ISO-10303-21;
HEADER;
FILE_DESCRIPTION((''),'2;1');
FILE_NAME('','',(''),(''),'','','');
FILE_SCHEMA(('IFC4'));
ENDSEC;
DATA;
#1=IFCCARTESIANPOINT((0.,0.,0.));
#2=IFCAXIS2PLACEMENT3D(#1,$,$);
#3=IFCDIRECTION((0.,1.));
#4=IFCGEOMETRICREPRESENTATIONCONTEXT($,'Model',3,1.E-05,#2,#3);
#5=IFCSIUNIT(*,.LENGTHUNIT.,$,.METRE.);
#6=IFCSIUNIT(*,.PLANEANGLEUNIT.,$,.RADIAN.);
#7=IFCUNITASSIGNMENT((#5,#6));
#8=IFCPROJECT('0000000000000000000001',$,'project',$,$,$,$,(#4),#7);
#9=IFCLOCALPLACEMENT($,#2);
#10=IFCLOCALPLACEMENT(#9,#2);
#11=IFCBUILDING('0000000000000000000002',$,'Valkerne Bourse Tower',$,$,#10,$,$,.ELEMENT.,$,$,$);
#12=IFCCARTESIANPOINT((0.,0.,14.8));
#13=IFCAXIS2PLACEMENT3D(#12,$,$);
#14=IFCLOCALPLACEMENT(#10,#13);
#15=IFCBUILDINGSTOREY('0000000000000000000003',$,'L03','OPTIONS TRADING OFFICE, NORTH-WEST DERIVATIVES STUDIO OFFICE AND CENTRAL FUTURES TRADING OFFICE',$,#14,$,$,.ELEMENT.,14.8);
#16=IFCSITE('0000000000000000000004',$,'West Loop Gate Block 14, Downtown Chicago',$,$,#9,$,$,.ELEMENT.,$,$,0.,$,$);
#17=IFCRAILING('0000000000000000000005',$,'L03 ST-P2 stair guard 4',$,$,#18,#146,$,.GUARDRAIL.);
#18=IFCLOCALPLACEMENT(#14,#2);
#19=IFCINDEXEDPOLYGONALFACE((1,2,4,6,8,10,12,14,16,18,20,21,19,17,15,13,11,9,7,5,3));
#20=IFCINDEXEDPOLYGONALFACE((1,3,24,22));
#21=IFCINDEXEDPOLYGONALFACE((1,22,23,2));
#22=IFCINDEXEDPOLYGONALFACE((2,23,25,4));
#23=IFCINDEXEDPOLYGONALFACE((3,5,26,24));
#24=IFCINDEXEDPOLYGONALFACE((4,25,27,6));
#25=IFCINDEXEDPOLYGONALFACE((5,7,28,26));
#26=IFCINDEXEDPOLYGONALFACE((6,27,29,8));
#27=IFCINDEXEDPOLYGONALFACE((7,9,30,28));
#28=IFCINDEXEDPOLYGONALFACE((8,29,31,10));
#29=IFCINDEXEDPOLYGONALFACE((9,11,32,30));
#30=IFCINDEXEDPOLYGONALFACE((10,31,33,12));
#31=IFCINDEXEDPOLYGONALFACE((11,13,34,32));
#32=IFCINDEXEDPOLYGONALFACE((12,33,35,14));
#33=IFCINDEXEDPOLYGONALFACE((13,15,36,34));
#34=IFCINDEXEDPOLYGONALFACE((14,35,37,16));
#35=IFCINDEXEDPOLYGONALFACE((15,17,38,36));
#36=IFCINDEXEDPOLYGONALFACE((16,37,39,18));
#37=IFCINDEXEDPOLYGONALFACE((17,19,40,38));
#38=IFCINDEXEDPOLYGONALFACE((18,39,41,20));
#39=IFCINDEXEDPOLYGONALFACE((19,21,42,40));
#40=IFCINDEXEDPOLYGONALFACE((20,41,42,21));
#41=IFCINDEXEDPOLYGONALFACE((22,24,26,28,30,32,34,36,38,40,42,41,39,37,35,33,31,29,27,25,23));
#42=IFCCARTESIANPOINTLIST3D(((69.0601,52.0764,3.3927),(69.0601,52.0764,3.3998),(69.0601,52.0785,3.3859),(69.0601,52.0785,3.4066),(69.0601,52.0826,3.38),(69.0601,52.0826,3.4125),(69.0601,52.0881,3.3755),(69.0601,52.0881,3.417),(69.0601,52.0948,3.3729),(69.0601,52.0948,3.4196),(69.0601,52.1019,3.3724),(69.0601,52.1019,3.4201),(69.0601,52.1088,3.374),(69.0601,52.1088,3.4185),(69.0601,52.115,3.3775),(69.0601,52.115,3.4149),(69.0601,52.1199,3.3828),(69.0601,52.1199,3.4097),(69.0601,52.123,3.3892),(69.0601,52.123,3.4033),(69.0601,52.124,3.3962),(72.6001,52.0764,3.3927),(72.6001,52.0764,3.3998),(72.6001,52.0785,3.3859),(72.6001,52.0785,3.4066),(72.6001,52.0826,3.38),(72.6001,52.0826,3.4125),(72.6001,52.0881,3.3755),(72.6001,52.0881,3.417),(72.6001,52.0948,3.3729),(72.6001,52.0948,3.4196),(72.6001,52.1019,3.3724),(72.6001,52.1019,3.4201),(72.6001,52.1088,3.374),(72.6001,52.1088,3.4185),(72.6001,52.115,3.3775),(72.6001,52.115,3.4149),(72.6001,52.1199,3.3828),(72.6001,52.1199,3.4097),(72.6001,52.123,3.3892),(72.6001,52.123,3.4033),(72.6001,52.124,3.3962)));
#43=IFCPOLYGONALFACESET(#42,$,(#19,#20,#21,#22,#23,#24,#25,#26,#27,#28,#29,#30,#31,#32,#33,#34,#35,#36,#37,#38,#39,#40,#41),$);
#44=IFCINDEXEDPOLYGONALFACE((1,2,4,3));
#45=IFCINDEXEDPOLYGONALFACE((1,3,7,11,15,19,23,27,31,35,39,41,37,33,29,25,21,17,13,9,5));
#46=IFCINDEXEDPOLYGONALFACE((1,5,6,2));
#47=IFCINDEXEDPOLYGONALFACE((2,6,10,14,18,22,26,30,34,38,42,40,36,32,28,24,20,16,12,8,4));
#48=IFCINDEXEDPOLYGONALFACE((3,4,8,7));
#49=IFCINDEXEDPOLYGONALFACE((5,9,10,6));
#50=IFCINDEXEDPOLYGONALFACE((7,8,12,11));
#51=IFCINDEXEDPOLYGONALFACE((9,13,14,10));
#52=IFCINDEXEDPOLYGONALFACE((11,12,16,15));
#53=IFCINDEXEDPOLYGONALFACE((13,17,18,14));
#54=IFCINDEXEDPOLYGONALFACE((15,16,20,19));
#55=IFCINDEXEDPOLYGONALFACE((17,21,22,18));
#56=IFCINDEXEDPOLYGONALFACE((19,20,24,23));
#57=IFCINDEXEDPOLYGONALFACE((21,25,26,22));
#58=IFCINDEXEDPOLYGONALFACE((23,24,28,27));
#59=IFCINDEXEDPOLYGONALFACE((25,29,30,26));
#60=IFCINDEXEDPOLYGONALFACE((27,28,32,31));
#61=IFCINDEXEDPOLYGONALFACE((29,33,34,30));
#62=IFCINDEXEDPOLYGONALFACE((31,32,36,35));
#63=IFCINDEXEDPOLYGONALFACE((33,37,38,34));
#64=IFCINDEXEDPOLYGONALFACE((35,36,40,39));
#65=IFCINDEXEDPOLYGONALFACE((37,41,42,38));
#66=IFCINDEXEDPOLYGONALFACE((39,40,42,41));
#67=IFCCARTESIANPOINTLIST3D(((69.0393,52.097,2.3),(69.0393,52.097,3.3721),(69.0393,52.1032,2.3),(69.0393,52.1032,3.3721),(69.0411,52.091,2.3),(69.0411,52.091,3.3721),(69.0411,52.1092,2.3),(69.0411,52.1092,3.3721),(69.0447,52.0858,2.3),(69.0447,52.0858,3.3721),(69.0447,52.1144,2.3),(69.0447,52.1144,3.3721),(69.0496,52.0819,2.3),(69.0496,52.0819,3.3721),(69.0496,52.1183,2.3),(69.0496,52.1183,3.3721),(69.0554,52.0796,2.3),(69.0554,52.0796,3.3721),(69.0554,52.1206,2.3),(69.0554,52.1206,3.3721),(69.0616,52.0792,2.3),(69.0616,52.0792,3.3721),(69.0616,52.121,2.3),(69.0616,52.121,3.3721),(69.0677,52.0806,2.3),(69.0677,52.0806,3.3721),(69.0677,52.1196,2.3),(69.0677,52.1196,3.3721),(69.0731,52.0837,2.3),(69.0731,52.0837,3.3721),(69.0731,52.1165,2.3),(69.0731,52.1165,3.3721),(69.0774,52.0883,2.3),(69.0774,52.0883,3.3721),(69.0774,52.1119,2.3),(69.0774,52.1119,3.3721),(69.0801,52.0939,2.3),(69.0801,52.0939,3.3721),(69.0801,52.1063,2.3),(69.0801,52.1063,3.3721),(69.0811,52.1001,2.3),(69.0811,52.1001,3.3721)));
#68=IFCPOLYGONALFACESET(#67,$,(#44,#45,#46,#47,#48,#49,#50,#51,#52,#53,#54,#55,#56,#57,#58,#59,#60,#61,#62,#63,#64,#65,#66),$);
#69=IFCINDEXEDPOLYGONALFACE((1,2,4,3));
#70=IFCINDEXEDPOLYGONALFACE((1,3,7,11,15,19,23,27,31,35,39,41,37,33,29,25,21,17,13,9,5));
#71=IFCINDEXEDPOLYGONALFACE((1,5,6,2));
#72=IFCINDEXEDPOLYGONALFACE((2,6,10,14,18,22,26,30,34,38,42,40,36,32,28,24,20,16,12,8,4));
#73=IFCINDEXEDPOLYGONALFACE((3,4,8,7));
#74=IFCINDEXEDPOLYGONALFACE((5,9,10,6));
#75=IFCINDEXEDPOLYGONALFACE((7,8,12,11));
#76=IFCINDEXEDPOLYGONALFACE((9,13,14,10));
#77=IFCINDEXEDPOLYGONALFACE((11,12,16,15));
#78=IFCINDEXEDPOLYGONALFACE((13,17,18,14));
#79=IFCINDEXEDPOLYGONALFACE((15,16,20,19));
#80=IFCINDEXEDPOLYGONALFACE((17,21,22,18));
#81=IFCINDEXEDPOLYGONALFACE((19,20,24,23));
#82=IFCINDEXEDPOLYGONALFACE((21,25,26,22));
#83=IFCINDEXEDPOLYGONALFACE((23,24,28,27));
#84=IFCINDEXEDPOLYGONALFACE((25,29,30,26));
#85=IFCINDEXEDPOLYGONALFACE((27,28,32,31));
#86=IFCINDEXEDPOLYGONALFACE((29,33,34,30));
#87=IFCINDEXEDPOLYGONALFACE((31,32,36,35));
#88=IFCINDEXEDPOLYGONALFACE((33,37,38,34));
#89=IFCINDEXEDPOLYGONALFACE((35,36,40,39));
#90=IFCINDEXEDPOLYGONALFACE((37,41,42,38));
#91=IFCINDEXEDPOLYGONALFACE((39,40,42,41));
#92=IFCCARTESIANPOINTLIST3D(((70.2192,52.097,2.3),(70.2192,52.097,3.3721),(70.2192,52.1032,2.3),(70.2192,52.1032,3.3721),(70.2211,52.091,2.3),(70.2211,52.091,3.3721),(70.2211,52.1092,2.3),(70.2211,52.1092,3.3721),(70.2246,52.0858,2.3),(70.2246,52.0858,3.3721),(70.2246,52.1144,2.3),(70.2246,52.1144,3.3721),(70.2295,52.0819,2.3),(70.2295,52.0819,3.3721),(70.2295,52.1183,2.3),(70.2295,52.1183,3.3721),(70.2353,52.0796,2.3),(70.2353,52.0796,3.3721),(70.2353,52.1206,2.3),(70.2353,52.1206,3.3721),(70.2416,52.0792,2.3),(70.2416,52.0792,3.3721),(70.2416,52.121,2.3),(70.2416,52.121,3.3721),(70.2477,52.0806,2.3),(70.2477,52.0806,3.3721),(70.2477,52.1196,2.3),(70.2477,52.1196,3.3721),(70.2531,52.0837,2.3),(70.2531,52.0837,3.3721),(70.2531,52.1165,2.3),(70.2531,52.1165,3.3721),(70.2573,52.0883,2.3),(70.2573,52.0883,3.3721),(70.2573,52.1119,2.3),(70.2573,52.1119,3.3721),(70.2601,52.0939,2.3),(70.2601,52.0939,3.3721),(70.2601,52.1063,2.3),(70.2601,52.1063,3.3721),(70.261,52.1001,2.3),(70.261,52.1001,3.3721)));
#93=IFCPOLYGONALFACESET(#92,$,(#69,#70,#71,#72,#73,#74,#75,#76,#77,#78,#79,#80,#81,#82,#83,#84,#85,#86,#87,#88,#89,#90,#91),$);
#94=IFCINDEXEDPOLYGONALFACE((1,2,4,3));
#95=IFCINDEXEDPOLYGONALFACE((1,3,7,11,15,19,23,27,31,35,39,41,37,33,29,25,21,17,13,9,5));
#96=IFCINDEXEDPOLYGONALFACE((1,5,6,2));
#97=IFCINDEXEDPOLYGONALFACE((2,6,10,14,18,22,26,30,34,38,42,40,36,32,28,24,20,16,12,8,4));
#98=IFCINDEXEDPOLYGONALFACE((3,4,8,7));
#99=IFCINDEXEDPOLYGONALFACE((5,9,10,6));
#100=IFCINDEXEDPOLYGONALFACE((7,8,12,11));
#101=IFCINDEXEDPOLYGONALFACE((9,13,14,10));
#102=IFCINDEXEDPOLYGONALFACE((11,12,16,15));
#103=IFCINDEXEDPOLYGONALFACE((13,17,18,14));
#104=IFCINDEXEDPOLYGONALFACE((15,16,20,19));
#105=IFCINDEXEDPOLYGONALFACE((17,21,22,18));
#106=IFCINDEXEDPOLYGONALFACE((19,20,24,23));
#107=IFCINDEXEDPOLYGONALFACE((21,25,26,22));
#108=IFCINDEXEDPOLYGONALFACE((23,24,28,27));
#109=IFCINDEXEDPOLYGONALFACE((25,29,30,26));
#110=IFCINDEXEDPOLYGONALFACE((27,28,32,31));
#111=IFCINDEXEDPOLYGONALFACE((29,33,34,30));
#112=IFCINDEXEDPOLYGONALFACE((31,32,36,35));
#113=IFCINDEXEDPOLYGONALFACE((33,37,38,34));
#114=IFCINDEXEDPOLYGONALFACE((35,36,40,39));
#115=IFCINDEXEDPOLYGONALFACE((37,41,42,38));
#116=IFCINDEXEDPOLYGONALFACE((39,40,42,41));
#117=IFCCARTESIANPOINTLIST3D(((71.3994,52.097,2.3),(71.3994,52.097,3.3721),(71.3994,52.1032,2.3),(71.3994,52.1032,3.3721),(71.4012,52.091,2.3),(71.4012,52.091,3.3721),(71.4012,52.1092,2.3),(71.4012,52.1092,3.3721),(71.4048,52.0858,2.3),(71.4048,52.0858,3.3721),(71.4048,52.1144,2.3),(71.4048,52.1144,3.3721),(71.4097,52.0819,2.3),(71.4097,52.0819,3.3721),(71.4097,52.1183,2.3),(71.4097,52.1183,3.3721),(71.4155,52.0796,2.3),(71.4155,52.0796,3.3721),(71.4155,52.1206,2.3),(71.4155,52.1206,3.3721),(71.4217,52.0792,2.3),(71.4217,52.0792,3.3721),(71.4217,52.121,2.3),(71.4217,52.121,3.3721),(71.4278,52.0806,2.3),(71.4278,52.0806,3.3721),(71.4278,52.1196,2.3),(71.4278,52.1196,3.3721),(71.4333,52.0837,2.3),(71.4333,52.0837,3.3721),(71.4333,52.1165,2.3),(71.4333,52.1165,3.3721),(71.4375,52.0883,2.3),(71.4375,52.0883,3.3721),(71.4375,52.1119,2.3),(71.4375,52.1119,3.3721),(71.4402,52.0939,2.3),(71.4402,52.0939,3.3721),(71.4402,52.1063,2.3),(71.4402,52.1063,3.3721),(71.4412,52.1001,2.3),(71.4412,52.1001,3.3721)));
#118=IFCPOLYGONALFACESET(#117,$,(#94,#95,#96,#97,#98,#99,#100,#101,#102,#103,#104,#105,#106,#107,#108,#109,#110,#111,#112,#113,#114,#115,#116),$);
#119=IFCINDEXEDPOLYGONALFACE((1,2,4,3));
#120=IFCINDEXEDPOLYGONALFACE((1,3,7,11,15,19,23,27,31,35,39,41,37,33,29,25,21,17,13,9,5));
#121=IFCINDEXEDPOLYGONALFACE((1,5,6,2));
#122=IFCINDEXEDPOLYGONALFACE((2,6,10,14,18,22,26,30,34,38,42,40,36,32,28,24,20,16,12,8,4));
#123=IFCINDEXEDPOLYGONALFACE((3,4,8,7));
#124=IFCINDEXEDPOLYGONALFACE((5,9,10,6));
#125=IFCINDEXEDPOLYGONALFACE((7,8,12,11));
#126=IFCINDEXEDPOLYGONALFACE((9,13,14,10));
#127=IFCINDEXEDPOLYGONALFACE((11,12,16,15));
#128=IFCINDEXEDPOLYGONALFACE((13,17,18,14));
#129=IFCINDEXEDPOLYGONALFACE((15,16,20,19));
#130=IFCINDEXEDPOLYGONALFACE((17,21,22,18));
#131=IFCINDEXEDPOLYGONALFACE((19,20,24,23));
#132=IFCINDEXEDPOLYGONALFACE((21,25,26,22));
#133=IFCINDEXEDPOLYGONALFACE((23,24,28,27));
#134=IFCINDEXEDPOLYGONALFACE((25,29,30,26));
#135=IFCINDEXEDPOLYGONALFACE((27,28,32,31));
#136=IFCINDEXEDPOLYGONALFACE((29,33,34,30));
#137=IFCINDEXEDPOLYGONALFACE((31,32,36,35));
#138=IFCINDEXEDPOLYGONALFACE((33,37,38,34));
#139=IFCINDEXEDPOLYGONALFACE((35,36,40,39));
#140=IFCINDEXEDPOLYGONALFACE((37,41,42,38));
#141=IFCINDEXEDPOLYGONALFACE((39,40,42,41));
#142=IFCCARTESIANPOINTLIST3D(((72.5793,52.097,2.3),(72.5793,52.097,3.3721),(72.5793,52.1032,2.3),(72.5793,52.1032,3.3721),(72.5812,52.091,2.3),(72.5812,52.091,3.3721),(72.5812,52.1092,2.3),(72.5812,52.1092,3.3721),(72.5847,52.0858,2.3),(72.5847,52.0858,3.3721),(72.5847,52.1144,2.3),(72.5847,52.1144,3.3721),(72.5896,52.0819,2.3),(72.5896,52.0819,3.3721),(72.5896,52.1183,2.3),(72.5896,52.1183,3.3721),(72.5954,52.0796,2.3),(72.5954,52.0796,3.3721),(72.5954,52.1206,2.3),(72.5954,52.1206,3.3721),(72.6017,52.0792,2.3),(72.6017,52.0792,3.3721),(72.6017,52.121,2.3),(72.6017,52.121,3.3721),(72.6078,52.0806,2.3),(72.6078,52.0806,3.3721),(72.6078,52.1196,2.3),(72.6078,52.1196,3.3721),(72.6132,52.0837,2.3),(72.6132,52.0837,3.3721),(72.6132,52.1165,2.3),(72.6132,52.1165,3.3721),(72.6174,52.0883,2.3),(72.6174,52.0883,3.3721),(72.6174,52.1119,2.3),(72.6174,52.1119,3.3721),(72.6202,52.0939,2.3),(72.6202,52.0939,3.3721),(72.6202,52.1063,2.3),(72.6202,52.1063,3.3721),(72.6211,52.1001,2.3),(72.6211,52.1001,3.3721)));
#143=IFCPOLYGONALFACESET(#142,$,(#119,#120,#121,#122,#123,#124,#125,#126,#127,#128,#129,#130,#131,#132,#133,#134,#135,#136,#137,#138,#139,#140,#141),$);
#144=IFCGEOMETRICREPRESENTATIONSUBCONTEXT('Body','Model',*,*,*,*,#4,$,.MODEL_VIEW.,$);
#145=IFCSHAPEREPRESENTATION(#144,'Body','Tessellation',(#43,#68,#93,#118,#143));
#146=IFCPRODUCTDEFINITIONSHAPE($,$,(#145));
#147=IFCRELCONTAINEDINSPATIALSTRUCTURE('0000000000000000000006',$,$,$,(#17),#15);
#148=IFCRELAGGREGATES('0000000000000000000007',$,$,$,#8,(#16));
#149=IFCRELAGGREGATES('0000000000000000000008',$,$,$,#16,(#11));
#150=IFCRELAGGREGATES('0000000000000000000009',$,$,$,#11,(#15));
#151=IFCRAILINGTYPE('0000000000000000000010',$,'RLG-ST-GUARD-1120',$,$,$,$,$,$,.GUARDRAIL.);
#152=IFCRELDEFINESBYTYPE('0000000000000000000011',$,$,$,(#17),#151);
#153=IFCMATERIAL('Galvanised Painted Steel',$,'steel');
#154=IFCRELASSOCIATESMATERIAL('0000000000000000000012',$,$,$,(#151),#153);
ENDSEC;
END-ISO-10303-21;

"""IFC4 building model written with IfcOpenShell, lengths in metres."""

from ifc_helpers import new_model, si_unit, direction, frame, origin, origin_2d, place, context, subcontext, project, spatial, circle, extrude, material, type_object, element, save


model = new_model("IFC4")

# Units and contexts
model_context = context("Model", 3, precision=1e-05, world=origin(), true_north=direction((0.0, 1.0)))
body_context = subcontext(model_context, "Body", "Model", "MODEL_VIEW")
ifc_project = project(units=[si_unit("LENGTHUNIT", "METRE"), si_unit("PLANEANGLEUNIT", "RADIAN")], contexts=[model_context])

# Site, building, storey
site_placement = place(None, origin())
site = spatial("IfcSite", under=ifc_project, at=site_placement, Name="West Loop Gate Block 14, Downtown Chicago", CompositionType="ELEMENT", RefElevation=0.0)
building_placement = place(site_placement, origin())
building = spatial("IfcBuilding", under=site, at=building_placement, Name="Valkerne Bourse Tower", CompositionType="ELEMENT")
storey_placement = place(building_placement, frame((0.0, 0.0, 14.8)))
storey = spatial("IfcBuildingStorey", under=building, at=storey_placement, Name="L03", Description="OPTIONS TRADING OFFICE, NORTH-WEST DERIVATIVES STUDIO OFFICE AND CENTRAL FUTURES TRADING OFFICE", CompositionType="ELEMENT", Elevation=14.8)

# Railing
ifc_material_1 = material(Name="Galvanised Painted Steel", Category="steel")
railing_type_1 = type_object("IfcRailingType", Name="RLG-ST-GUARD-1120", PredefinedType="GUARDRAIL", material=ifc_material_1)
for number, where, name in (
    (1, (69.0601, 52.1001, 2.3), "L03 ST-P2 stair guard 4"),
):
    element("IfcRailing", number, at=place(storey_placement, frame(where)), inside=storey, type_object=railing_type_1, Name=name, PredefinedType="GUARDRAIL", context=body_context, shape_type="SweptSolid", body=[
        extrude(circle(Radius=0.0239, at=origin_2d()), frame((0.0, 0.0, 1.0962), z_axis=(1.0, 0.0, 0.0), x_axis=(0.0, 1.0, 0.0)), (0.0, 0.0, 1.0), 3.54),
        extrude(circle(Radius=0.021, at=origin_2d()), origin(), (0.0, 0.0, 1.0), 1.072),
        extrude(circle(Radius=0.021, at=origin_2d()), frame((1.1799, 0.0, 0.0)), (0.0, 0.0, 1.0), 1.072),
        extrude(circle(Radius=0.021, at=origin_2d()), frame((2.3601, 0.0, 0.0)), (0.0, 0.0, 1.0), 1.072),
        extrude(circle(Radius=0.021, at=origin_2d()), frame((3.54, 0.0, 0.0)), (0.0, 0.0, 1.0), 1.072),
    ])

save(model, "model.ifc")
